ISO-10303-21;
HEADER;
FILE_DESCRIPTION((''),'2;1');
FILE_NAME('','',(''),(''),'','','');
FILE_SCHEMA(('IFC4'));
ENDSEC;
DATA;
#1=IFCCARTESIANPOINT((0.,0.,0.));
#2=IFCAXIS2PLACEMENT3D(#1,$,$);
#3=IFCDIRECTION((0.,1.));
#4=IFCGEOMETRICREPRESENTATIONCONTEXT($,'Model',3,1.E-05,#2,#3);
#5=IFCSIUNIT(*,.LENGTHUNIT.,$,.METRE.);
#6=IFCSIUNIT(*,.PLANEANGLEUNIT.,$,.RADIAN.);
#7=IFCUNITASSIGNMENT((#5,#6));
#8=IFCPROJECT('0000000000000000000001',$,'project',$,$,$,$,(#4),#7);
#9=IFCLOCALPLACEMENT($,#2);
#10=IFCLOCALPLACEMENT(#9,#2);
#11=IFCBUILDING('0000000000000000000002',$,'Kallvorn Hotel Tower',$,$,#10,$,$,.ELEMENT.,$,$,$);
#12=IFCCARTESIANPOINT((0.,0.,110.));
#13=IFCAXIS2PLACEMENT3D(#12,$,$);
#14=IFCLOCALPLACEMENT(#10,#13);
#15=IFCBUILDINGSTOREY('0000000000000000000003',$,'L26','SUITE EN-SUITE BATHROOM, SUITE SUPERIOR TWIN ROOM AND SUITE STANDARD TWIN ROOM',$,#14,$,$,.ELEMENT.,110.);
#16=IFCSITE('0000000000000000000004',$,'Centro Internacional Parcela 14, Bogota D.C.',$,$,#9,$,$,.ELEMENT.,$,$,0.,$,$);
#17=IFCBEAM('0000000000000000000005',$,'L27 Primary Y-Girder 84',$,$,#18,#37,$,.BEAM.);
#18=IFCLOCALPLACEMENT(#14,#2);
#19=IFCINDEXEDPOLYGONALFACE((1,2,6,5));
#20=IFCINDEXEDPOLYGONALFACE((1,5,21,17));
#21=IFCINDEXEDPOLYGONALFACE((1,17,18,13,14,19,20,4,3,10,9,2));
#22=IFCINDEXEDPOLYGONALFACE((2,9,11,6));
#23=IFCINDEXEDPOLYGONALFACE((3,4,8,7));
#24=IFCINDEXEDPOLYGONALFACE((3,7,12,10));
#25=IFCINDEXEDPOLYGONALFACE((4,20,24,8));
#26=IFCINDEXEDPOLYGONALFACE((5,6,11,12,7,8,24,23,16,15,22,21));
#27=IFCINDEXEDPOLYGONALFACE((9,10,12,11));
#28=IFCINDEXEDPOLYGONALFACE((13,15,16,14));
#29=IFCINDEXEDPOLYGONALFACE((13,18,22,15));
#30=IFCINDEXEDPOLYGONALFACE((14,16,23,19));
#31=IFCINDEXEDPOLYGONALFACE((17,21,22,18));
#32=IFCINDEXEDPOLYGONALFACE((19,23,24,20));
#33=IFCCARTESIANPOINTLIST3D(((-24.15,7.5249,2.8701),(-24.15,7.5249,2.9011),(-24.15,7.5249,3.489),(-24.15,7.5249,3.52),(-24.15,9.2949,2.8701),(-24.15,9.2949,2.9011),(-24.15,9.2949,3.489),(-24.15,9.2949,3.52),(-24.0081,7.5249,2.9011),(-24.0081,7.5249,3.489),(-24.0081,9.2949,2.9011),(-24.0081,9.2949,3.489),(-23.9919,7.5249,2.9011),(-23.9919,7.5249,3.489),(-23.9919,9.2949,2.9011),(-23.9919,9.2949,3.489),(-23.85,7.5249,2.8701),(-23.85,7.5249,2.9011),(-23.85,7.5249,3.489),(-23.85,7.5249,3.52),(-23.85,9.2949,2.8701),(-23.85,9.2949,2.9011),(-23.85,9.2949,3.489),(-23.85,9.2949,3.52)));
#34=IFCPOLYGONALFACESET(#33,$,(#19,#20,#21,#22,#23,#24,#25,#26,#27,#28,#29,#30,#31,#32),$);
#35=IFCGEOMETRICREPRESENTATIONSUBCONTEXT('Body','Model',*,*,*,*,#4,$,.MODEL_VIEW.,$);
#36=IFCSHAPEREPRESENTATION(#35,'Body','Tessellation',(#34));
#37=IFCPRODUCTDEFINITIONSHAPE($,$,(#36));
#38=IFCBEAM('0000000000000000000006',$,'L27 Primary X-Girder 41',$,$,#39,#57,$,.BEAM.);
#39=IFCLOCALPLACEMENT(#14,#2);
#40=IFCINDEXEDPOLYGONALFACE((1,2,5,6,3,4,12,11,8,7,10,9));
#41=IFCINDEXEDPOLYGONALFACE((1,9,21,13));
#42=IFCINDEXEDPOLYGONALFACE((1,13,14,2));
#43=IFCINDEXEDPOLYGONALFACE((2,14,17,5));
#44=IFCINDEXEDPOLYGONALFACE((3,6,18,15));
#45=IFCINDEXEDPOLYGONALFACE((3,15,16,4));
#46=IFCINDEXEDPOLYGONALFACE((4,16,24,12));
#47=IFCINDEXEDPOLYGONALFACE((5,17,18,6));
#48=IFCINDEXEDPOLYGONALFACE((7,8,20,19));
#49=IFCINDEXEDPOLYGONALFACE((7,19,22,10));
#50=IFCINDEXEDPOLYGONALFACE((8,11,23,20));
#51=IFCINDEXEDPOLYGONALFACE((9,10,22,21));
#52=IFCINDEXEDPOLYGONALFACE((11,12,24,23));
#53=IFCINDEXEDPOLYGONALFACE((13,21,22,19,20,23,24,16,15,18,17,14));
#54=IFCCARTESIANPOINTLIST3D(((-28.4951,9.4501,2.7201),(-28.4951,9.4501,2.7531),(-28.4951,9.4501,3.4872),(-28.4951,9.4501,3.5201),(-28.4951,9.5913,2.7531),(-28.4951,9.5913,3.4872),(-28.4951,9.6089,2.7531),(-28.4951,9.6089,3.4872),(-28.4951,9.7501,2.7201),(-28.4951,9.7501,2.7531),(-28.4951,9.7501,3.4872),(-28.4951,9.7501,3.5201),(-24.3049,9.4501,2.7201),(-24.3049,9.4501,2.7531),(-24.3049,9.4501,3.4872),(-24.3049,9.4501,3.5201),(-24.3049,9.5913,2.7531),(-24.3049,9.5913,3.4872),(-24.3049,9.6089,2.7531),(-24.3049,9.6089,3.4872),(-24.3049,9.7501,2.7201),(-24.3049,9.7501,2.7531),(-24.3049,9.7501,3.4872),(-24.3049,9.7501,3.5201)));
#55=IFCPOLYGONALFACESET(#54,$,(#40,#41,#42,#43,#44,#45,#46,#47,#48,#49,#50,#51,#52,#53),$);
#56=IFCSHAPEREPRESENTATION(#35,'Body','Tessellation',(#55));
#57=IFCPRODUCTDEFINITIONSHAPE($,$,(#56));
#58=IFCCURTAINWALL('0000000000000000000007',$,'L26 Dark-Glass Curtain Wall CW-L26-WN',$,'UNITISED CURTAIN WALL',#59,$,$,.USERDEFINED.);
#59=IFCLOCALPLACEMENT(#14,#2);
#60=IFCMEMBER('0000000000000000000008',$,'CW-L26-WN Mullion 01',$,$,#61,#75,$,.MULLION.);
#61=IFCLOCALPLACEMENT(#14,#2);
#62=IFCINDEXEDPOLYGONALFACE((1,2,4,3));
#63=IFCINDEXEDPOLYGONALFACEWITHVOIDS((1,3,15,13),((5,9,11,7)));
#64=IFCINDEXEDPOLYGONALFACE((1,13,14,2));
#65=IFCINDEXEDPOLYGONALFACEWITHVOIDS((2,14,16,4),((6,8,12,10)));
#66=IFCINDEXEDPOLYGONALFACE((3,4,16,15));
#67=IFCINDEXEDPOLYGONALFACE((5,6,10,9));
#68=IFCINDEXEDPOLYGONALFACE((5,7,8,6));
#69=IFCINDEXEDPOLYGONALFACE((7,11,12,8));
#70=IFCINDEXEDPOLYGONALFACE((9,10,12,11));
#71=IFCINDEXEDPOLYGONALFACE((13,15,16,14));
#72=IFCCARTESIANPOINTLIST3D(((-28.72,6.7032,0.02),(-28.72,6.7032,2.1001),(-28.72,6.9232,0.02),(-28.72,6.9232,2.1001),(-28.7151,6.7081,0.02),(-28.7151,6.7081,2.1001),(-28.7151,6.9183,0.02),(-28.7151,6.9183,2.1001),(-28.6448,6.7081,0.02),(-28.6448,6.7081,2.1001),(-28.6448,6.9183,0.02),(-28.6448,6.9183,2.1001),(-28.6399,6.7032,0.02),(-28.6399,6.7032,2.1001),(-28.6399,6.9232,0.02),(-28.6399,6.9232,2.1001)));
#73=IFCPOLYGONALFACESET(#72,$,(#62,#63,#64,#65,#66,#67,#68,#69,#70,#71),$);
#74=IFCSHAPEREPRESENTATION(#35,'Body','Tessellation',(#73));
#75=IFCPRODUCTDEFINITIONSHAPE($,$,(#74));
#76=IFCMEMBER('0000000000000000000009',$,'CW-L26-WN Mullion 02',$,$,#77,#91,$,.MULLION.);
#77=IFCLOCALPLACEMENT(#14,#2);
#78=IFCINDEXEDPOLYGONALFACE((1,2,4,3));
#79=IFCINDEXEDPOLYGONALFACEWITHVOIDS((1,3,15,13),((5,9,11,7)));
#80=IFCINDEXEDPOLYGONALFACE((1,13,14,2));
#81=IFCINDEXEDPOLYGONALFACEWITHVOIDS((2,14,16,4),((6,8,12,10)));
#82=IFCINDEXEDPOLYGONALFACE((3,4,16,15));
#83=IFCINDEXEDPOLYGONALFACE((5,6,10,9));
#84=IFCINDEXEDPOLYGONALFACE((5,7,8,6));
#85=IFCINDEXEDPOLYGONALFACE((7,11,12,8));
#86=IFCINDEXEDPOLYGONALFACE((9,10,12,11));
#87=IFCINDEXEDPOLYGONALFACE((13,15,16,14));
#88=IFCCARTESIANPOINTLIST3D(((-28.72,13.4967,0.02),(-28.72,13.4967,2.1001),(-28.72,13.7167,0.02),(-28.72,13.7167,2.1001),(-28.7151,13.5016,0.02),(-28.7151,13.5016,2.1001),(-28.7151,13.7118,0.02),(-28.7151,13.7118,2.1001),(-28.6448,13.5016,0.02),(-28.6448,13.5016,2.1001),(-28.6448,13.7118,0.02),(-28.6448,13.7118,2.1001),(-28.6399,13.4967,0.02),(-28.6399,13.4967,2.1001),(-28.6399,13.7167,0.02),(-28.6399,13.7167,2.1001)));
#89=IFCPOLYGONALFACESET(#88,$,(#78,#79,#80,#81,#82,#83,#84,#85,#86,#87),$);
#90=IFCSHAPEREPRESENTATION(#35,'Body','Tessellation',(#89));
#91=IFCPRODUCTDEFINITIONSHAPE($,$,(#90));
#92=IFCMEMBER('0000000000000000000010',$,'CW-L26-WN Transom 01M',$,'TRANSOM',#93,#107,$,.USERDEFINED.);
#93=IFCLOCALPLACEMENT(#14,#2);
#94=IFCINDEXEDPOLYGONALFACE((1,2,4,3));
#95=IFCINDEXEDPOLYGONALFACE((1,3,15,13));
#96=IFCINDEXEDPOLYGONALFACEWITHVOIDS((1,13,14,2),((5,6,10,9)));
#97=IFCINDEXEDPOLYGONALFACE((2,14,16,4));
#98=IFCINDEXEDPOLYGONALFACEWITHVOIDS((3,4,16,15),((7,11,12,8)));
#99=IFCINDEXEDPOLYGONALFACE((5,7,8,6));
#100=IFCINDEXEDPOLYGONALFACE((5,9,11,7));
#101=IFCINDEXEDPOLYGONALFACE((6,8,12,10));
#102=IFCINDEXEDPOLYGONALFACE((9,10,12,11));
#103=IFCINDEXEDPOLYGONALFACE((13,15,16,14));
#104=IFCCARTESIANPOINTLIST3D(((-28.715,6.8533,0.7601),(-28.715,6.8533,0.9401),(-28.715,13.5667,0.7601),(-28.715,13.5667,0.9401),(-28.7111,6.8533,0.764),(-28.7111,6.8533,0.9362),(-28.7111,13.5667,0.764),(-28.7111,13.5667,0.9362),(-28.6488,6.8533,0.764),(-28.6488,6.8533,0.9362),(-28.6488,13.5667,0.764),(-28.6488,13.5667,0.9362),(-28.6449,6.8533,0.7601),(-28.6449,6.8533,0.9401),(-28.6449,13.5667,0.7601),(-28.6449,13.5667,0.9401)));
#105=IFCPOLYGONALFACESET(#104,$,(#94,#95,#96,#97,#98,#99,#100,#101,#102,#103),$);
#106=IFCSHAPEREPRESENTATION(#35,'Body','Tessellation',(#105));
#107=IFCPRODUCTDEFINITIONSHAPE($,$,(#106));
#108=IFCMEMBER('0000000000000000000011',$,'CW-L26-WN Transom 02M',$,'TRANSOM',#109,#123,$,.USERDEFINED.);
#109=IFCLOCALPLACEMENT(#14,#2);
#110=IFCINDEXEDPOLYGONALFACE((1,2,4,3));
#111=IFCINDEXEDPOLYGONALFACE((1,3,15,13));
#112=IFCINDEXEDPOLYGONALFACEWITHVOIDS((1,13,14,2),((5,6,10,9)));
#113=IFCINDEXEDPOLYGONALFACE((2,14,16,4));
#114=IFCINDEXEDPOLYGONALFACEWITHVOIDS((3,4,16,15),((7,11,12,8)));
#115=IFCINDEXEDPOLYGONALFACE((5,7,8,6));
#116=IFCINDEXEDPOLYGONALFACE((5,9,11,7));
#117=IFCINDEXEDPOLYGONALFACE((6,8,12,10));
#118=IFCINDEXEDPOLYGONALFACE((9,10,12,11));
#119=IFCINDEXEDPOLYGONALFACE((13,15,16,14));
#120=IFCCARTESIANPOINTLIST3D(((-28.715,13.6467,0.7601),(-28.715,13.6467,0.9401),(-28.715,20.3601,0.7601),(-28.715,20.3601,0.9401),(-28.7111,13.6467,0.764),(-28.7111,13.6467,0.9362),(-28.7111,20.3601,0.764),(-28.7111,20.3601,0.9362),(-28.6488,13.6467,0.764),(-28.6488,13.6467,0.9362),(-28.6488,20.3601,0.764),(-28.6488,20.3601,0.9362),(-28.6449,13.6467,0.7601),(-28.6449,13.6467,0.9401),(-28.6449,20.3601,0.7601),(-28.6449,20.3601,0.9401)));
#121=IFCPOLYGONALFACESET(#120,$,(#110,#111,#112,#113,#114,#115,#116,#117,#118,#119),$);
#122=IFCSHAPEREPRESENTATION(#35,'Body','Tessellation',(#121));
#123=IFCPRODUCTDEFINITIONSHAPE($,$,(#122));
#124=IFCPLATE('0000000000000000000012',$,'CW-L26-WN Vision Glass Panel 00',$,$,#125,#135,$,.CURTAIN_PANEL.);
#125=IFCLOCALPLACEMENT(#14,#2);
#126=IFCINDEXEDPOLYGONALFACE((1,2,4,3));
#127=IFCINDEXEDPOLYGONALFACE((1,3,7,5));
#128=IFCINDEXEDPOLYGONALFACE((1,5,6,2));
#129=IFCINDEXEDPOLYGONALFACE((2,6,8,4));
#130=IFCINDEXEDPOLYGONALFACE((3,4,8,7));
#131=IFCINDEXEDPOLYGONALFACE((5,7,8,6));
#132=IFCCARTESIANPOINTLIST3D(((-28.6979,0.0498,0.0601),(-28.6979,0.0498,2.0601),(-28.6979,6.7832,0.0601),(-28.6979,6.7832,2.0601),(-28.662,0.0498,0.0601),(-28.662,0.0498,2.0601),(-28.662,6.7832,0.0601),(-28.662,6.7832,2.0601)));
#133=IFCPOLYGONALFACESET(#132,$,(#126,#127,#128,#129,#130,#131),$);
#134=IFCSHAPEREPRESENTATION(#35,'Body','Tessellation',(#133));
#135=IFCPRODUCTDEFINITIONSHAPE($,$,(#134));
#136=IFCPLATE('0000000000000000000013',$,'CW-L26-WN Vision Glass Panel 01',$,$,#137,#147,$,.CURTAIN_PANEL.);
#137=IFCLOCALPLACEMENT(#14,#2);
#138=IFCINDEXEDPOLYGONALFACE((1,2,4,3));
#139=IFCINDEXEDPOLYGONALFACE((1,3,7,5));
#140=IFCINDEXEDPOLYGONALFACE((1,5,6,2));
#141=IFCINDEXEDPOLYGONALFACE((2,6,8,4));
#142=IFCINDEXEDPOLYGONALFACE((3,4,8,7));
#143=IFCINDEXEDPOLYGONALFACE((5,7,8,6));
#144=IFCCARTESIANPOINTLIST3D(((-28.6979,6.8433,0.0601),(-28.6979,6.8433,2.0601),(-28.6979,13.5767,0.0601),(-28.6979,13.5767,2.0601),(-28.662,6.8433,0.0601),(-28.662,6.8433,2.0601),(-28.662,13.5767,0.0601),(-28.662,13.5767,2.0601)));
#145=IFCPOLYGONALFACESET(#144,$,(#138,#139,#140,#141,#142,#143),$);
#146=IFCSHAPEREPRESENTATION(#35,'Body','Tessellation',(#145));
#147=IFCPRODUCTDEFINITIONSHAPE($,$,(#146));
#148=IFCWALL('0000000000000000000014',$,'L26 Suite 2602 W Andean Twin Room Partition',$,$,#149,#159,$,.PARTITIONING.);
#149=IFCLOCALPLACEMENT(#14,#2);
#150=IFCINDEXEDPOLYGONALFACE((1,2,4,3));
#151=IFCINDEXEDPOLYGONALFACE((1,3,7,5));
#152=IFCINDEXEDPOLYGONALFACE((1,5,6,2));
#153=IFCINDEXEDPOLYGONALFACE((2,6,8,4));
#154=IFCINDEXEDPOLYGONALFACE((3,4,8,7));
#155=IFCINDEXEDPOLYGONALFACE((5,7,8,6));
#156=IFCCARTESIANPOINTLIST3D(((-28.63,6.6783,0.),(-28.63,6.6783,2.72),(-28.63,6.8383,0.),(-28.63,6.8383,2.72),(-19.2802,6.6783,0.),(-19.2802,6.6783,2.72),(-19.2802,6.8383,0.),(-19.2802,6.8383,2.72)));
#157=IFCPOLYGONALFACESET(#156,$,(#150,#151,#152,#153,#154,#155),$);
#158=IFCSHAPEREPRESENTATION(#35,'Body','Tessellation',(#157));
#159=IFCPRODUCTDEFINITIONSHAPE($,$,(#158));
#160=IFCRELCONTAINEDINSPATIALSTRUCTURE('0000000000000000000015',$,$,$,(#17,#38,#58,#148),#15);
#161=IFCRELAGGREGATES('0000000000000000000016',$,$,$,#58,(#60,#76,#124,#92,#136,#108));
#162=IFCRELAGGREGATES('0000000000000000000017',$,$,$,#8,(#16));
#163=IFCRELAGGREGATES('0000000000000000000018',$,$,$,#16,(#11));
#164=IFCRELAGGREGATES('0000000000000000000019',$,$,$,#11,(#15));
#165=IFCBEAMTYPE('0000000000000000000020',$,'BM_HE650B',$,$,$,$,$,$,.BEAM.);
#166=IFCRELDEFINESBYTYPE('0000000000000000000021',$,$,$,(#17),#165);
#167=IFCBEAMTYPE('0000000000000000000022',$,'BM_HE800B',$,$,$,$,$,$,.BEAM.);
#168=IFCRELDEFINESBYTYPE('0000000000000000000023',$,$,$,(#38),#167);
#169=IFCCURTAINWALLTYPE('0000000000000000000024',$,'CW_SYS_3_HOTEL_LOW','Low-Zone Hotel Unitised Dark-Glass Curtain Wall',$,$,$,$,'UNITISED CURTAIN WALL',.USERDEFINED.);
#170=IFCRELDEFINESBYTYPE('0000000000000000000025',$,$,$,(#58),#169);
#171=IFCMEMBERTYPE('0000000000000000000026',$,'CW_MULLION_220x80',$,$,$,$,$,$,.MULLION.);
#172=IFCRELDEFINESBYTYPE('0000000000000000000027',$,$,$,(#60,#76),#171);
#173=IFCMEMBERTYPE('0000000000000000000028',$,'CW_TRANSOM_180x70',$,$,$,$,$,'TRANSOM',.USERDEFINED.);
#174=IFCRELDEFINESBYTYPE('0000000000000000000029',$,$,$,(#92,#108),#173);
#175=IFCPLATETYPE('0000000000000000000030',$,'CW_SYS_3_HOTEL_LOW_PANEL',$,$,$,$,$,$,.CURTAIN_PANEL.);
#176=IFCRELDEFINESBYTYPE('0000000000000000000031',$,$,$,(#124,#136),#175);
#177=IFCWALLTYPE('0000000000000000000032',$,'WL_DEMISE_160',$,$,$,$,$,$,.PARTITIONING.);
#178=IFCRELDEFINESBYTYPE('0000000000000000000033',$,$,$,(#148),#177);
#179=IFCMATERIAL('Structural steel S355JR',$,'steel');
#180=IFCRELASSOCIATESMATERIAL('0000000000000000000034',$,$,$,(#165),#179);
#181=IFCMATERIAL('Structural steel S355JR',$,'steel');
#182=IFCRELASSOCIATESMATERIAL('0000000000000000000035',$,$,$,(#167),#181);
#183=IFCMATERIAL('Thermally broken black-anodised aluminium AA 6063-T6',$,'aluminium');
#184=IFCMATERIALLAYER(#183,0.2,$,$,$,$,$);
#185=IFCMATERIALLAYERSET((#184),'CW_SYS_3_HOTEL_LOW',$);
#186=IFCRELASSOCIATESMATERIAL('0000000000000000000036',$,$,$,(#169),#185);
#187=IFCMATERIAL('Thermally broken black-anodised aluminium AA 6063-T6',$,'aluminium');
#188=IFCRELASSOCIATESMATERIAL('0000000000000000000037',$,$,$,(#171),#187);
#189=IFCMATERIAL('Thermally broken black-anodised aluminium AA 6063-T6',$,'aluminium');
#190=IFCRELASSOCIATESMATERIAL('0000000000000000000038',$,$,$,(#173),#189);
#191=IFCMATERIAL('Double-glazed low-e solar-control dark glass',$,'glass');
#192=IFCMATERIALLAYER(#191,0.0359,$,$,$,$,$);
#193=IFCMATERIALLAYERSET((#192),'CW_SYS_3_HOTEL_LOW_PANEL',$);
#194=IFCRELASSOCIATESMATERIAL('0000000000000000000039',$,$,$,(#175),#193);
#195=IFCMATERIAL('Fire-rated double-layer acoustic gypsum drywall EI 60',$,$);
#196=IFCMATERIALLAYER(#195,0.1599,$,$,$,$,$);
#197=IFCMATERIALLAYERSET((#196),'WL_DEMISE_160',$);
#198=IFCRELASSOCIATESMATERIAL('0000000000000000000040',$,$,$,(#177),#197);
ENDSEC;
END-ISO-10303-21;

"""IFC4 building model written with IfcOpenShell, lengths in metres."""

from ifc_helpers import new_model, si_unit, direction, frame, frame_2d, origin, origin_2d, place, context, subcontext, project, spatial, rectangle, hollow_rectangle, i_section, extrude, material, layer, layer_set, material_profile, profile_set, type_object, element, aggregate, save


model = new_model("IFC4")

# Units and contexts
model_context = context("Model", 3, precision=1e-05, world=origin(), true_north=direction((0.0, 1.0)))
body_context = subcontext(model_context, "Body", "Model", "MODEL_VIEW")
ifc_project = project(units=[si_unit("LENGTHUNIT", "METRE"), si_unit("PLANEANGLEUNIT", "RADIAN")], contexts=[model_context])

# Site, building, storey
site_placement = place(None, origin())
site = spatial("IfcSite", under=ifc_project, at=site_placement, Name="Centro Internacional Parcela 14, Bogota D.C.", CompositionType="ELEMENT", RefElevation=0.0)
building_placement = place(site_placement, origin())
building = spatial("IfcBuilding", under=site, at=building_placement, Name="Kallvorn Hotel Tower", CompositionType="ELEMENT")
storey_placement = place(building_placement, frame((0.0, 0.0, 110.0)))
storey = spatial("IfcBuildingStorey", under=building, at=storey_placement, Name="L26", Description="SUITE EN-SUITE BATHROOM, SUITE SUPERIOR TWIN ROOM AND SUITE STANDARD TWIN ROOM", CompositionType="ELEMENT", Elevation=110.0)

# Beams
ifc_material_1 = material(Name="Structural steel S355JR", Category="steel")
ifc_material_profile_1 = material_profile(ifc_material_1, i_section(OverallWidth=0.3, OverallDepth=0.6499, WebThickness=0.0161, FlangeThickness=0.031, at=origin_2d()), Name="HE 650 B")
ifc_profile_set_1 = profile_set([ifc_material_profile_1], Name="Structural steel S355JR")
beam_type_1 = type_object("IfcBeamType", Name="BM_HE650B", PredefinedType="BEAM", material=ifc_profile_set_1)
beam_1_placement = place(storey_placement, frame((-24.0, 7.5249, 3.1951), z_axis=(0.0, 1.0, 0.0), x_axis=(-1.0, 0.0, 0.0)))
element("IfcBeam", 1, at=beam_1_placement, inside=storey, type_object=beam_type_1, Name="L27 Primary Y-Girder 84", PredefinedType="BEAM", context=body_context, shape_type="SweptSolid", body=[
    extrude(i_section(OverallWidth=0.3, OverallDepth=0.6499, WebThickness=0.0161, FlangeThickness=0.031, at=origin_2d()), origin(), (0.0, 0.0, 1.0), 1.77),
])
ifc_material_2 = material(Name="Structural steel S355JR", Category="steel")
ifc_material_profile_2 = material_profile(ifc_material_2, i_section(OverallWidth=0.3, OverallDepth=0.8, WebThickness=0.0176, FlangeThickness=0.033, at=origin_2d()), Name="HE 800 B")
ifc_profile_set_2 = profile_set([ifc_material_profile_2], Name="Structural steel S355JR")
beam_type_2 = type_object("IfcBeamType", Name="BM_HE800B", PredefinedType="BEAM", material=ifc_profile_set_2)
beam_2_placement = place(storey_placement, frame((-28.4951, 9.6001, 3.1201), z_axis=(1.0, 0.0, 0.0), x_axis=(0.0, 1.0, 0.0)))
element("IfcBeam", 2, at=beam_2_placement, inside=storey, type_object=beam_type_2, Name="L27 Primary X-Girder 41", PredefinedType="BEAM", context=body_context, shape_type="SweptSolid", body=[
    extrude(i_section(OverallWidth=0.3, OverallDepth=0.8, WebThickness=0.0176, FlangeThickness=0.033, at=origin_2d()), origin(), (0.0, 0.0, 1.0), 4.1902),
])

# Curtain wall, members, plates
ifc_material_3 = material(Name="Thermally broken black-anodised aluminium AA 6063-T6", Category="aluminium")
ifc_layer_1 = layer(ifc_material_3, 0.2)
ifc_layer_set_1 = layer_set([ifc_layer_1], Name="CW_SYS_3_HOTEL_LOW")
curtain_wall_type = type_object("IfcCurtainWallType", Name="CW_SYS_3_HOTEL_LOW", Description="Low-Zone Hotel Unitised Dark-Glass Curtain Wall", ElementType="UNITISED CURTAIN WALL", PredefinedType="USERDEFINED", material=ifc_layer_set_1)
curtain_wall_placement = place(storey_placement, origin())
curtain_wall = element("IfcCurtainWall", 3, at=curtain_wall_placement, inside=storey, type_object=curtain_wall_type, Name="L26 Dark-Glass Curtain Wall CW-L26-WN", ObjectType="UNITISED CURTAIN WALL", PredefinedType="USERDEFINED")
ifc_material_4 = material(Name="Thermally broken black-anodised aluminium AA 6063-T6", Category="aluminium")
ifc_material_profile_3 = material_profile(ifc_material_4, hollow_rectangle(XDim=0.0801, YDim=0.22, WallThickness=0.0049, at=origin_2d()), Name="MUL 220x80")
ifc_profile_set_3 = profile_set([ifc_material_profile_3], Name="Thermally broken black-anodised aluminium AA 6063-T6")
member_type_1 = type_object("IfcMemberType", Name="CW_MULLION_220x80", PredefinedType="MULLION", material=ifc_profile_set_3)
member_1_placement = place(storey_placement, frame((-28.6799, 6.8132, 0.02), z_axis=(0.0, 0.0, 1.0), x_axis=(1.0, 0.0, 0.0)))
member_1 = element("IfcMember", 4, at=member_1_placement, type_object=member_type_1, Name="CW-L26-WN Mullion 01", PredefinedType="MULLION", context=body_context, shape_type="SweptSolid", body=[
    extrude(hollow_rectangle(XDim=0.0801, YDim=0.22, WallThickness=0.0049, at=origin_2d()), origin(), (0.0, 0.0, 1.0), 2.0801),
])
member_2_placement = place(storey_placement, frame((-28.6799, 13.6067, 0.02), z_axis=(0.0, 0.0, 1.0), x_axis=(1.0, 0.0, 0.0)))
member_2 = element("IfcMember", 5, at=member_2_placement, type_object=member_type_1, Name="CW-L26-WN Mullion 02", PredefinedType="MULLION", context=body_context, shape_type="SweptSolid", body=[
    extrude(hollow_rectangle(XDim=0.0801, YDim=0.22, WallThickness=0.0049, at=origin_2d()), origin(), (0.0, 0.0, 1.0), 2.0801),
])
ifc_material_5 = material(Name="Thermally broken black-anodised aluminium AA 6063-T6", Category="aluminium")
ifc_material_profile_4 = material_profile(ifc_material_5, hollow_rectangle(XDim=0.0701, YDim=0.1799, WallThickness=0.0039, at=origin_2d()), Name="TRN 180x70")
ifc_profile_set_4 = profile_set([ifc_material_profile_4], Name="Thermally broken black-anodised aluminium AA 6063-T6")
member_type_2 = type_object("IfcMemberType", Name="CW_TRANSOM_180x70", ElementType="TRANSOM", PredefinedType="USERDEFINED", material=ifc_profile_set_4)
member_3_placement = place(storey_placement, frame((-28.6799, 6.8533, 0.8501), z_axis=(0.0, 1.0, 0.0), x_axis=(-1.0, 0.0, 0.0)))
member_3 = element("IfcMember", 6, at=member_3_placement, type_object=member_type_2, Name="CW-L26-WN Transom 01M", ObjectType="TRANSOM", PredefinedType="USERDEFINED", context=body_context, shape_type="SweptSolid", body=[
    extrude(hollow_rectangle(XDim=0.0701, YDim=0.1799, WallThickness=0.0039, at=origin_2d()), origin(), (0.0, 0.0, 1.0), 6.7134),
])
member_4_placement = place(storey_placement, frame((-28.6799, 13.6467, 0.8501), z_axis=(0.0, 1.0, 0.0), x_axis=(-1.0, 0.0, 0.0)))
member_4 = element("IfcMember", 7, at=member_4_placement, type_object=member_type_2, Name="CW-L26-WN Transom 02M", ObjectType="TRANSOM", PredefinedType="USERDEFINED", context=body_context, shape_type="SweptSolid", body=[
    extrude(hollow_rectangle(XDim=0.0701, YDim=0.1799, WallThickness=0.0039, at=origin_2d()), origin(), (0.0, 0.0, 1.0), 6.7134),
])
ifc_material_6 = material(Name="Double-glazed low-e solar-control dark glass", Category="glass")
ifc_layer_2 = layer(ifc_material_6, 0.0359)
ifc_layer_set_2 = layer_set([ifc_layer_2], Name="CW_SYS_3_HOTEL_LOW_PANEL")
plate_type = type_object("IfcPlateType", Name="CW_SYS_3_HOTEL_LOW_PANEL", PredefinedType="CURTAIN_PANEL", material=ifc_layer_set_2)
plate_1_placement = place(storey_placement, frame((-28.6799, 3.4165, 0.0601), z_axis=(0.0, 0.0, 1.0), x_axis=(0.0, 1.0, 0.0)))
plate_1 = element("IfcPlate", 8, at=plate_1_placement, type_object=plate_type, Name="CW-L26-WN Vision Glass Panel 00", PredefinedType="CURTAIN_PANEL", context=body_context, shape_type="SweptSolid", body=[
    extrude(rectangle(XDim=6.7334, YDim=0.0359, at=origin_2d()), origin(), (0.0, 0.0, 1.0), 2.0),
])
plate_2_placement = place(storey_placement, frame((-28.6799, 10.21, 0.0601), z_axis=(0.0, 0.0, 1.0), x_axis=(0.0, 1.0, 0.0)))
plate_2 = element("IfcPlate", 9, at=plate_2_placement, type_object=plate_type, Name="CW-L26-WN Vision Glass Panel 01", PredefinedType="CURTAIN_PANEL", context=body_context, shape_type="SweptSolid", body=[
    extrude(rectangle(XDim=6.7334, YDim=0.0359, at=origin_2d()), origin(), (0.0, 0.0, 1.0), 2.0),
])
aggregate(curtain_wall, [member_1, member_2, plate_1, member_3, plate_2, member_4])

# Wall
ifc_material_7 = material(Name="Fire-rated double-layer acoustic gypsum drywall EI 60")
ifc_layer_3 = layer(ifc_material_7, 0.1599)
ifc_layer_set_3 = layer_set([ifc_layer_3], Name="WL_DEMISE_160")
wall_type = type_object("IfcWallType", Name="WL_DEMISE_160", PredefinedType="PARTITIONING", material=ifc_layer_set_3)
wall_1_placement = place(storey_placement, frame((-28.6299, 6.7583, 0.0), z_axis=(0.0, 0.0, 1.0), x_axis=(1.0, 0.0, 0.0)))
element("IfcWall", 10, at=wall_1_placement, inside=storey, type_object=wall_type, Name="L26 Suite 2602 W Andean Twin Room Partition", PredefinedType="PARTITIONING", context=body_context, shape_type="SweptSolid", body=[
    extrude(rectangle(XDim=9.3499, YDim=0.1599, at=frame_2d((4.6748, 0.0))), origin(), (0.0, 0.0, 1.0), 2.72),
])

save(model, "model.ifc")
